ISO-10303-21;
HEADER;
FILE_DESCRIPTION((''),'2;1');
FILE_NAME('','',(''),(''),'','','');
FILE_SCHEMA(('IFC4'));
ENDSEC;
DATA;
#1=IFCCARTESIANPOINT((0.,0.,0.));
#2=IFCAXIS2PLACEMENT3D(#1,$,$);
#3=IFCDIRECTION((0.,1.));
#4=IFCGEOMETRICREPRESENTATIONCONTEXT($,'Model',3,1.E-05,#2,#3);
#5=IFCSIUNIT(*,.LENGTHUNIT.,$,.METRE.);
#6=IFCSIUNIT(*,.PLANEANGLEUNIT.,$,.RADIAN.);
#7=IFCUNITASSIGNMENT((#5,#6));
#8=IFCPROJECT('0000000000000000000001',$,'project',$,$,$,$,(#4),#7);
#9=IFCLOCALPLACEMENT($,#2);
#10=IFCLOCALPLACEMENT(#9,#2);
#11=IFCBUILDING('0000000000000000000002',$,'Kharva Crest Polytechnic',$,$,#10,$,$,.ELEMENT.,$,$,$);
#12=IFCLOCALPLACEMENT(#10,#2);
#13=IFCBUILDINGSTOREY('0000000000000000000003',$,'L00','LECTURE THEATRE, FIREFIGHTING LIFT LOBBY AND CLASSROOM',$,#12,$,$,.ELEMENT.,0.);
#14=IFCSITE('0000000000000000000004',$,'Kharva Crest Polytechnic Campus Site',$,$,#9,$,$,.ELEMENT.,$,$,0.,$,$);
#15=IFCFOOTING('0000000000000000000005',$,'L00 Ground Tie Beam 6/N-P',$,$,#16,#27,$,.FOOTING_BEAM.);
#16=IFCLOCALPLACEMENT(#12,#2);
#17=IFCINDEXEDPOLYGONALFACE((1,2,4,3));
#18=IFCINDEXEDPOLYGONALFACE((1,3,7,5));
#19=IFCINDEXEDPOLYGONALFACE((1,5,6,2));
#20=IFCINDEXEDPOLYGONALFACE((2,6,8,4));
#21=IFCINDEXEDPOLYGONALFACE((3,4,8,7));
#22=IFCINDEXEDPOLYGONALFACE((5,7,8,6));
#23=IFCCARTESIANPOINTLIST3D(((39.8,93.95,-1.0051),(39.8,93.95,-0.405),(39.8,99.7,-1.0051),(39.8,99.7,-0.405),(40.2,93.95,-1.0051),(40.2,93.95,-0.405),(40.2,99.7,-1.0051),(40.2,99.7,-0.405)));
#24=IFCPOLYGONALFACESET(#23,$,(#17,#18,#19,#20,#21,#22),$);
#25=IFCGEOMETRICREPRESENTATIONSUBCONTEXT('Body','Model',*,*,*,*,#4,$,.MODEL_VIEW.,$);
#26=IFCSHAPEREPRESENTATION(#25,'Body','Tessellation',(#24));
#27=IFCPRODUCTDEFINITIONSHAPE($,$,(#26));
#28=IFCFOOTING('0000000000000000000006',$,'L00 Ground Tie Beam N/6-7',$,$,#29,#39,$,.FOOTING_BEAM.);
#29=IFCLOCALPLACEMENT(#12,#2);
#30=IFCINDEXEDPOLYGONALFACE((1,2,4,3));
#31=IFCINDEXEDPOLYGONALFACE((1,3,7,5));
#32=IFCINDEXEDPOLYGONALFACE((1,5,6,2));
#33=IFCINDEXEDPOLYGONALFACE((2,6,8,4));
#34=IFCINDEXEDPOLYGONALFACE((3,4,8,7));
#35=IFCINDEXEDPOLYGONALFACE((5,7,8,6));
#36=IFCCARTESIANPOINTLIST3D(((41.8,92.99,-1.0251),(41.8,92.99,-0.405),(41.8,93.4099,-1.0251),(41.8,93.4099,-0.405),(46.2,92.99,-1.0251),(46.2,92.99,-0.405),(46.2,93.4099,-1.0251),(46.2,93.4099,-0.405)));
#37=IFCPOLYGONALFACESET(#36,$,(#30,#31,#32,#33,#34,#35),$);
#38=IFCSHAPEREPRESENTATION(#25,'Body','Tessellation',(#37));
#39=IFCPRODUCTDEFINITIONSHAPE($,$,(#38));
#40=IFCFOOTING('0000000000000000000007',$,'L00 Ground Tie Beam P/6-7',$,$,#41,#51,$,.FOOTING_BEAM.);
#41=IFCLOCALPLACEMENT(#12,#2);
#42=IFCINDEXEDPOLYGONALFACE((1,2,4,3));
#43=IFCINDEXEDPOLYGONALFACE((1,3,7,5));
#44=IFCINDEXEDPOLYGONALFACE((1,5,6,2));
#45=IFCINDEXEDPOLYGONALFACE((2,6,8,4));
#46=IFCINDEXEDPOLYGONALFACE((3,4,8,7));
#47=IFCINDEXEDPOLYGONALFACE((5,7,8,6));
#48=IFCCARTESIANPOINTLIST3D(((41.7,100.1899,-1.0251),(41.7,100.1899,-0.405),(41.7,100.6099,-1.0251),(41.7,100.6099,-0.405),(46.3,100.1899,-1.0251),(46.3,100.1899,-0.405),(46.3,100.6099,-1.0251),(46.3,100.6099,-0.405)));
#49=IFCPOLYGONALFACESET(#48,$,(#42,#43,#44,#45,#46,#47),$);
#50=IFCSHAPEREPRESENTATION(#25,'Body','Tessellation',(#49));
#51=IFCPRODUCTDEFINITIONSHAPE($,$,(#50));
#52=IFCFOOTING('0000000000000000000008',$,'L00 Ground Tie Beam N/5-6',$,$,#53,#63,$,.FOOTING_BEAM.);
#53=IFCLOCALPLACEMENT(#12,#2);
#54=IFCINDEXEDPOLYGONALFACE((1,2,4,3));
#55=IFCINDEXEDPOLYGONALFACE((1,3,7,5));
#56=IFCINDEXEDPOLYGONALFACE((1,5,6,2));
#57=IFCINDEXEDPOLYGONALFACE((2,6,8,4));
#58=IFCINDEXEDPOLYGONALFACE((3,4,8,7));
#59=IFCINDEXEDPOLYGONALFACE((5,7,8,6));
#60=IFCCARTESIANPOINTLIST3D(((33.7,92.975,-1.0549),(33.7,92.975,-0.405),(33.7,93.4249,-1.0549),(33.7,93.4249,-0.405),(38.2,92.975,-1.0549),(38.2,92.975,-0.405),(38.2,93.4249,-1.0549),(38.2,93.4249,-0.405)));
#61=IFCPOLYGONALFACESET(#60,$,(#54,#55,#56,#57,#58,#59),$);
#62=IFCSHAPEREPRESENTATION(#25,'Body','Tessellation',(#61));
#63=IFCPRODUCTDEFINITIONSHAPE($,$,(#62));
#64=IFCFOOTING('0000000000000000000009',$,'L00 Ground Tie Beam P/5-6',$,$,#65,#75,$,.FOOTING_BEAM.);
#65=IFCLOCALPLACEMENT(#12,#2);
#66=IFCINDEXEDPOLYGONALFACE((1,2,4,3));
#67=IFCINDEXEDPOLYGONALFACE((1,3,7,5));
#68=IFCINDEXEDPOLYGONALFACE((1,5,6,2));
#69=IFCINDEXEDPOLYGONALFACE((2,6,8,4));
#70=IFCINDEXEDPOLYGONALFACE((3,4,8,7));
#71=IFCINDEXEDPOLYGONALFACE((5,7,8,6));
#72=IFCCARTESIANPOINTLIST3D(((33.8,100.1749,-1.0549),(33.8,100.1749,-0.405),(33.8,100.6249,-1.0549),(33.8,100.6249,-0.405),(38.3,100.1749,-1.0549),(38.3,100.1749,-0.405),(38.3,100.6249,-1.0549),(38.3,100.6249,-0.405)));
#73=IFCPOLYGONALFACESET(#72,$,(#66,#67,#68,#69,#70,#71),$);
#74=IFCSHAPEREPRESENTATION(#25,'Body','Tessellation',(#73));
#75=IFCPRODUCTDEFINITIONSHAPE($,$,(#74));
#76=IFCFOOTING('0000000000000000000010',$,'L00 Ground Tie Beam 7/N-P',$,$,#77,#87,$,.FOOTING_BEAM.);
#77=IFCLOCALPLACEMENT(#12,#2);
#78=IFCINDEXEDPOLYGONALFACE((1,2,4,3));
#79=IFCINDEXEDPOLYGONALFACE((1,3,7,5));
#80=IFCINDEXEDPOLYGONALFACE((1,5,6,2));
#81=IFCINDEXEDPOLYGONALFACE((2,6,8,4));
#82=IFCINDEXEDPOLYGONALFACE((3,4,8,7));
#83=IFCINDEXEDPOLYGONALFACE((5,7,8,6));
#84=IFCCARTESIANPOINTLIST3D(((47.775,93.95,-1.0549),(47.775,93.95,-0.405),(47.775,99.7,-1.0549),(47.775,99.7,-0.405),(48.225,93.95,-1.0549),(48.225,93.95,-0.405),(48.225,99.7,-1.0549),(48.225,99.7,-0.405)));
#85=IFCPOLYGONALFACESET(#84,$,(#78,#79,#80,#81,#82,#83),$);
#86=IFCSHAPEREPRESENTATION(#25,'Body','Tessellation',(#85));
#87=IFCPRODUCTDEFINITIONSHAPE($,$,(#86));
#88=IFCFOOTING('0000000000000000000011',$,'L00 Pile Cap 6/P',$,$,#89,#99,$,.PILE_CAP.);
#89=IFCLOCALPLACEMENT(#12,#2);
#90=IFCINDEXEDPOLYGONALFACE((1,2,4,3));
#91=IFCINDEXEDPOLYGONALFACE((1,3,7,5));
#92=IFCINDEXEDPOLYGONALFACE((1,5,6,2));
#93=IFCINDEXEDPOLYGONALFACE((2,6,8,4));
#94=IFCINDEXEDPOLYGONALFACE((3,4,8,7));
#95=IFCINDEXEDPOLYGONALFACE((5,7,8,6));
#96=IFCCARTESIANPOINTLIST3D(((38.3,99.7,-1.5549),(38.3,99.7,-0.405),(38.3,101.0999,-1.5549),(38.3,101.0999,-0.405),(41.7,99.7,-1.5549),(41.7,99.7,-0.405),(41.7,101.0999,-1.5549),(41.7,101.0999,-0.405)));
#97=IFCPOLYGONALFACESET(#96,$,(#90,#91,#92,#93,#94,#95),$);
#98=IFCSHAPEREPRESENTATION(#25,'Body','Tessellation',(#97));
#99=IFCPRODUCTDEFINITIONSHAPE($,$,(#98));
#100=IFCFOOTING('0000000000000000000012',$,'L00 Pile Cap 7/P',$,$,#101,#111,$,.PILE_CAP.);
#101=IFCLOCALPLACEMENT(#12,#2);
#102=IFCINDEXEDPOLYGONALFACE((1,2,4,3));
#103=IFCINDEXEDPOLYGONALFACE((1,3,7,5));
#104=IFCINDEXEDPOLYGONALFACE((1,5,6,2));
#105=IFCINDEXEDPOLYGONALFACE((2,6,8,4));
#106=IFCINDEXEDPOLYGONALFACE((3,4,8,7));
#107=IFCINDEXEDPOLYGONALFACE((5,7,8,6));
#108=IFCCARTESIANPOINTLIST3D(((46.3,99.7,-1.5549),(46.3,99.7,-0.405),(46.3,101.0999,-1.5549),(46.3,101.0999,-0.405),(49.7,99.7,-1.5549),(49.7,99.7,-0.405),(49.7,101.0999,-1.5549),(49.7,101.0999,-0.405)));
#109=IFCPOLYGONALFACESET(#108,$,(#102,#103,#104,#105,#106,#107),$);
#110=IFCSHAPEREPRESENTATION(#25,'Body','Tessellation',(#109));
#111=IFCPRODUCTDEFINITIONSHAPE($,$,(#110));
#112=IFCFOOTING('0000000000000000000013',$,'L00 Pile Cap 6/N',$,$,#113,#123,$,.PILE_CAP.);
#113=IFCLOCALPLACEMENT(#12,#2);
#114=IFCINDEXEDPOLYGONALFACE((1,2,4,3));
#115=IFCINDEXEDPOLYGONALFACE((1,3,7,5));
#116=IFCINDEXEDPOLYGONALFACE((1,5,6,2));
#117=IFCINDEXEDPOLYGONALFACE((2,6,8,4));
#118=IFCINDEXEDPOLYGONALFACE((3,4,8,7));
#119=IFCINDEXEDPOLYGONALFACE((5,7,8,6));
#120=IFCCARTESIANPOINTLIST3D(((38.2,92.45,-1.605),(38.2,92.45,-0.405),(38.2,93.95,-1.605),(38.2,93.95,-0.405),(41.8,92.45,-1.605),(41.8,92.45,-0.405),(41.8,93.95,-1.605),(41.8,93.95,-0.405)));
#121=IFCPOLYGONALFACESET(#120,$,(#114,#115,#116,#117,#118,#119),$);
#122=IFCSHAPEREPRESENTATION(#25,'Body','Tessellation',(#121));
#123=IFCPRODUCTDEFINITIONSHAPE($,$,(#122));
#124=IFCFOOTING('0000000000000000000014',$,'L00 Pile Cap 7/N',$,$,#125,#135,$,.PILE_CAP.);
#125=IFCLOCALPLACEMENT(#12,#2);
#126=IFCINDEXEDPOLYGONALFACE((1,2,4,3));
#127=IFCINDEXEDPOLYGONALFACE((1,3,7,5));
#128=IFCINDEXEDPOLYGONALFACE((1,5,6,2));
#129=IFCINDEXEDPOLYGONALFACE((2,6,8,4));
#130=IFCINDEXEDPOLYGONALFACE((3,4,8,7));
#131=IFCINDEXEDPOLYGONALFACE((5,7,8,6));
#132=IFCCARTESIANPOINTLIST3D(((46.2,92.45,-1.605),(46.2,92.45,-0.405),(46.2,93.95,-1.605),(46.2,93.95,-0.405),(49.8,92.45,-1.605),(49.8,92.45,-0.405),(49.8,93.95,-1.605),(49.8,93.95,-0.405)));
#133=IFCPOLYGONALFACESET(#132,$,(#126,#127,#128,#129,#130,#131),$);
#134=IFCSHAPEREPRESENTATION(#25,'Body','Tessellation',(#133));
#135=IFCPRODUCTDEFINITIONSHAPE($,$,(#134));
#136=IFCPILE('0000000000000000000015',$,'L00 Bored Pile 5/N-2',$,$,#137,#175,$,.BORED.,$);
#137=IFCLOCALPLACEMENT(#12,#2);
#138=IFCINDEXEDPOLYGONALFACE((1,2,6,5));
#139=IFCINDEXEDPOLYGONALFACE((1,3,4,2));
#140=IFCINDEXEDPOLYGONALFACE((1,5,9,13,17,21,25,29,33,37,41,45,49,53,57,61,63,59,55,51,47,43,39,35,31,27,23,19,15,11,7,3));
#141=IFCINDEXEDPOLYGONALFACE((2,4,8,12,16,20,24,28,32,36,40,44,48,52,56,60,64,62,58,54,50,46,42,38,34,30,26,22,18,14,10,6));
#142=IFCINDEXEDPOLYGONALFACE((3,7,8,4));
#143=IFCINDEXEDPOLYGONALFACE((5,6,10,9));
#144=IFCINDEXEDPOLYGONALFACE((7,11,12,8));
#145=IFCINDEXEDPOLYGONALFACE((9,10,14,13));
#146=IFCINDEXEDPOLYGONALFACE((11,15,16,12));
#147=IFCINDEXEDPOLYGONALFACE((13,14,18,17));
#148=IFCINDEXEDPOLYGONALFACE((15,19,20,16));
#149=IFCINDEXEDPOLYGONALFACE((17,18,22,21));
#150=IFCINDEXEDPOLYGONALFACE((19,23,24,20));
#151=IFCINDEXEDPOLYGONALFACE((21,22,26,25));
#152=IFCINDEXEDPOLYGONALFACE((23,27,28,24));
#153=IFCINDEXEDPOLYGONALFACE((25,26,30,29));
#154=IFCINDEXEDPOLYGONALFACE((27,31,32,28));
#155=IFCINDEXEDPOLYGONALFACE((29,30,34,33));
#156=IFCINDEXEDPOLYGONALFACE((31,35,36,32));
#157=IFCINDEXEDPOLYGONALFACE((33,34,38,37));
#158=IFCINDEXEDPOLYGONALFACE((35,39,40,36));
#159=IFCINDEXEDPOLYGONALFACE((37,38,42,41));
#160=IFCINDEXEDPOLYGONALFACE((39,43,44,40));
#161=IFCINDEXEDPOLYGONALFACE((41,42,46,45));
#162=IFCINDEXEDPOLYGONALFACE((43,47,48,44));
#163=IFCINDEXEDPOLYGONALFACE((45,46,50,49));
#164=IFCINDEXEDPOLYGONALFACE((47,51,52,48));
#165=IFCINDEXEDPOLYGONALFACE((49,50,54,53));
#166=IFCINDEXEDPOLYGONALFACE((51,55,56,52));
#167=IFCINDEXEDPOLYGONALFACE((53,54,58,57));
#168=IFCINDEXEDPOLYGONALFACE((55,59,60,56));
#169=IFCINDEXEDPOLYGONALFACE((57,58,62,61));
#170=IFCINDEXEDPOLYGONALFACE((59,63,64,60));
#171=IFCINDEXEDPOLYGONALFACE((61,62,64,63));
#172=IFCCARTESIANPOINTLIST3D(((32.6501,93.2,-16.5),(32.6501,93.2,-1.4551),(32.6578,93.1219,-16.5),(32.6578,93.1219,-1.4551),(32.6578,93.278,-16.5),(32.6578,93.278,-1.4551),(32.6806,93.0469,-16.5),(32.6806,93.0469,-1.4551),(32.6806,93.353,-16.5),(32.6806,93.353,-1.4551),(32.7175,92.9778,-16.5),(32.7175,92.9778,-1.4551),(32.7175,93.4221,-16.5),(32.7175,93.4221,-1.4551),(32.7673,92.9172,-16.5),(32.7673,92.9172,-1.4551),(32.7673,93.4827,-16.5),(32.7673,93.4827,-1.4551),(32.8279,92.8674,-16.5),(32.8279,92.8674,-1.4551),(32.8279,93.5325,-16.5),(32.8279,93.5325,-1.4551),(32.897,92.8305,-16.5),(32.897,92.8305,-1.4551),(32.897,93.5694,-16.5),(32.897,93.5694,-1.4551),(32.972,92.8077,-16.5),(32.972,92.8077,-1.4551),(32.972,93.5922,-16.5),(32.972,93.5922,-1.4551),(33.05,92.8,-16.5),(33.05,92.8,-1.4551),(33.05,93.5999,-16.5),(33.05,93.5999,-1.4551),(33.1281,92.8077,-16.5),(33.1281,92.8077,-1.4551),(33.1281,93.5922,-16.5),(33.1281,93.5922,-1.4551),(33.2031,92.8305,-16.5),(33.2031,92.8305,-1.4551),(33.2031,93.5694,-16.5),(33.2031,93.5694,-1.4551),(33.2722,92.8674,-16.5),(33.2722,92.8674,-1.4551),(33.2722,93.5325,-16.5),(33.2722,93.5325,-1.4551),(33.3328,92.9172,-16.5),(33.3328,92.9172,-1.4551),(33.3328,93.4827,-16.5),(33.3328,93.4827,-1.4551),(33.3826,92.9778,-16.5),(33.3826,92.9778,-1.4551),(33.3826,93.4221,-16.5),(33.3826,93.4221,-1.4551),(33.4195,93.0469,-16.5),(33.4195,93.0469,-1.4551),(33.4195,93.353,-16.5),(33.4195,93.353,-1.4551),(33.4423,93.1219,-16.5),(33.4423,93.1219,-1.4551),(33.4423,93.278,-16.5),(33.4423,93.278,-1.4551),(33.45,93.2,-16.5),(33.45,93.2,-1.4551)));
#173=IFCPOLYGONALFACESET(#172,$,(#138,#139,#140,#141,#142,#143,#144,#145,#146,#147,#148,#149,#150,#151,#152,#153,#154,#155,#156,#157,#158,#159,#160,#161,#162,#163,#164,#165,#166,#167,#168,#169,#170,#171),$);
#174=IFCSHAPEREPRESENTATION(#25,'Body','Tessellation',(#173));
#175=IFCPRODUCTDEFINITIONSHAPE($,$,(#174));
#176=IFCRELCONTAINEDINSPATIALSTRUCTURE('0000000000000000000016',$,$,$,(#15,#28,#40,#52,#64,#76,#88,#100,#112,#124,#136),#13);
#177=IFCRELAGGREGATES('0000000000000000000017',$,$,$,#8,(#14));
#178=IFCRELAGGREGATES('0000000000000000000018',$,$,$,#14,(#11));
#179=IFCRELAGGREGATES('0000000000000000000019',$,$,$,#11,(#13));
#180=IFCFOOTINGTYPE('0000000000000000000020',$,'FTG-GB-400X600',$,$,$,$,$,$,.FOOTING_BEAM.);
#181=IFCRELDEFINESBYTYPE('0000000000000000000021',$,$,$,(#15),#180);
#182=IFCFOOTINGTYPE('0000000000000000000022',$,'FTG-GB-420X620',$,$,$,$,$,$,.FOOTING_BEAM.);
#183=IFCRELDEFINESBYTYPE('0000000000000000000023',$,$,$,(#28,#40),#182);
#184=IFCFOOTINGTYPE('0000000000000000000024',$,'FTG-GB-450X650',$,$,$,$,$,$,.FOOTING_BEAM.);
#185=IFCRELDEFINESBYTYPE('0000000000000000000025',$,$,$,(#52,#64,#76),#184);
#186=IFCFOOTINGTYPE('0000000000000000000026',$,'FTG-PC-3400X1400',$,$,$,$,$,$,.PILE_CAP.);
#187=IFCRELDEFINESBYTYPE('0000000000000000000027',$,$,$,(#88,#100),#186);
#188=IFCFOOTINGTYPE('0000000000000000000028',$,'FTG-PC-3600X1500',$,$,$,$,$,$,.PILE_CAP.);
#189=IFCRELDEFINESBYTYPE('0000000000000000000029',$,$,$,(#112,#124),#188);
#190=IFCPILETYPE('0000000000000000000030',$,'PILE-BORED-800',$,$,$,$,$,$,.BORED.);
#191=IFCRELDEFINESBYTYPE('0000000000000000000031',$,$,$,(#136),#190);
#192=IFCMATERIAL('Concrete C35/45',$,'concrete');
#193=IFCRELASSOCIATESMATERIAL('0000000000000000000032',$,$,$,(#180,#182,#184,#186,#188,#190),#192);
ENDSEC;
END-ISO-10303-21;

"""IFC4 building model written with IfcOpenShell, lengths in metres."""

from ifc_helpers import new_model, si_unit, direction, frame, origin, origin_2d, place, context, subcontext, project, spatial, rectangle, circle, extrude, material, material_profile, profile_set, type_object, element, save


model = new_model("IFC4")

# Units and contexts
model_context = context("Model", 3, precision=1e-05, world=origin(), true_north=direction((0.0, 1.0)))
body_context = subcontext(model_context, "Body", "Model", "MODEL_VIEW")
ifc_project = project(units=[si_unit("LENGTHUNIT", "METRE"), si_unit("PLANEANGLEUNIT", "RADIAN")], contexts=[model_context])

# Site, building, storey
site_placement = place(None, origin())
site = spatial("IfcSite", under=ifc_project, at=site_placement, Name="Kharva Crest Polytechnic Campus Site", CompositionType="ELEMENT", RefElevation=0.0)
building_placement = place(site_placement, origin())
building = spatial("IfcBuilding", under=site, at=building_placement, Name="Kharva Crest Polytechnic", CompositionType="ELEMENT")
storey_placement = place(building_placement, origin())
storey = spatial("IfcBuildingStorey", under=building, at=storey_placement, Name="L00", Description="LECTURE THEATRE, FIREFIGHTING LIFT LOBBY AND CLASSROOM", CompositionType="ELEMENT", Elevation=0.0)

# Footings
ifc_material_1 = material(Name="Concrete C35/45", Category="concrete")
footing_type_1 = type_object("IfcFootingType", Name="FTG-GB-400X600", PredefinedType="FOOTING_BEAM", material=ifc_material_1)
footing_1_placement = place(storey_placement, frame((40.0, 96.825, -1.0051), z_axis=(0.0, 0.0, 1.0), x_axis=(0.0, 1.0, 0.0)))
element("IfcFooting", 1, at=footing_1_placement, inside=storey, type_object=footing_type_1, Name="L00 Ground Tie Beam 6/N-P", PredefinedType="FOOTING_BEAM", context=body_context, shape_type="SweptSolid", body=[
    extrude(rectangle(XDim=5.75, YDim=0.3999, at=origin_2d()), origin(), (0.0, 0.0, 1.0), 0.6001),
])
footing_type_2 = type_object("IfcFootingType", Name="FTG-GB-420X620", PredefinedType="FOOTING_BEAM", material=ifc_material_1)
footing_2_placement = place(storey_placement, frame((44.0, 93.2, -1.0251), z_axis=(0.0, 0.0, 1.0), x_axis=(1.0, 0.0, 0.0)))
element("IfcFooting", 2, at=footing_2_placement, inside=storey, type_object=footing_type_2, Name="L00 Ground Tie Beam N/6-7", PredefinedType="FOOTING_BEAM", context=body_context, shape_type="SweptSolid", body=[
    extrude(rectangle(XDim=4.3999, YDim=0.4199, at=origin_2d()), origin(), (0.0, 0.0, 1.0), 0.6201),
])
footing_3_placement = place(storey_placement, frame((44.0, 100.3999, -1.0251), z_axis=(0.0, 0.0, 1.0), x_axis=(1.0, 0.0, 0.0)))
element("IfcFooting", 3, at=footing_3_placement, inside=storey, type_object=footing_type_2, Name="L00 Ground Tie Beam P/6-7", PredefinedType="FOOTING_BEAM", context=body_context, shape_type="SweptSolid", body=[
    extrude(rectangle(XDim=4.6001, YDim=0.4199, at=origin_2d()), origin(), (0.0, 0.0, 1.0), 0.6201),
])
footing_type_3 = type_object("IfcFootingType", Name="FTG-GB-450X650", PredefinedType="FOOTING_BEAM", material=ifc_material_1)
for number, where, z_axis, x_axis, name in (
    (4, (35.95, 93.2, -1.0549), (0.0, 0.0, 1.0), (1.0, 0.0, 0.0), "L00 Ground Tie Beam N/5-6"),
    (5, (36.05, 100.3999, -1.0549), (0.0, 0.0, 1.0), (1.0, 0.0, 0.0), "L00 Ground Tie Beam P/5-6"),
):
    element("IfcFooting", number, at=place(storey_placement, frame(where, z_axis=z_axis, x_axis=x_axis)), inside=storey, type_object=footing_type_3, Name=name, PredefinedType="FOOTING_BEAM", context=body_context, shape_type="SweptSolid", body=[
        extrude(rectangle(XDim=4.5, YDim=0.45, at=origin_2d()), origin(), (0.0, 0.0, 1.0), 0.6499),
    ])
footing_4_placement = place(storey_placement, frame((48.0, 96.825, -1.0549), z_axis=(0.0, 0.0, 1.0), x_axis=(0.0, 1.0, 0.0)))
element("IfcFooting", 6, at=footing_4_placement, inside=storey, type_object=footing_type_3, Name="L00 Ground Tie Beam 7/N-P", PredefinedType="FOOTING_BEAM", context=body_context, shape_type="SweptSolid", body=[
    extrude(rectangle(XDim=5.75, YDim=0.45, at=origin_2d()), origin(), (0.0, 0.0, 1.0), 0.6499),
])
footing_type_4 = type_object("IfcFootingType", Name="FTG-PC-3400X1400", PredefinedType="PILE_CAP", material=ifc_material_1)
for number, where, z_axis, x_axis, name in (
    (7, (40.0, 100.3999, -1.5549), (0.0, 0.0, 1.0), (1.0, 0.0, 0.0), "L00 Pile Cap 6/P"),
    (8, (48.0, 100.3999, -1.5549), (0.0, 0.0, 1.0), (1.0, 0.0, 0.0), "L00 Pile Cap 7/P"),
):
    element("IfcFooting", number, at=place(storey_placement, frame(where, z_axis=z_axis, x_axis=x_axis)), inside=storey, type_object=footing_type_4, Name=name, PredefinedType="PILE_CAP", context=body_context, shape_type="SweptSolid", body=[
        extrude(rectangle(XDim=3.3999, YDim=1.3999, at=origin_2d()), origin(), (0.0, 0.0, 1.0), 1.1499),
    ])
footing_type_5 = type_object("IfcFootingType", Name="FTG-PC-3600X1500", PredefinedType="PILE_CAP", material=ifc_material_1)
for number, where, z_axis, x_axis, name in (
    (9, (40.0, 93.2, -1.605), (0.0, 0.0, 1.0), (1.0, 0.0, 0.0), "L00 Pile Cap 6/N"),
    (10, (48.0, 93.2, -1.605), (0.0, 0.0, 1.0), (1.0, 0.0, 0.0), "L00 Pile Cap 7/N"),
):
    element("IfcFooting", number, at=place(storey_placement, frame(where, z_axis=z_axis, x_axis=x_axis)), inside=storey, type_object=footing_type_5, Name=name, PredefinedType="PILE_CAP", context=body_context, shape_type="SweptSolid", body=[
        extrude(rectangle(XDim=3.6001, YDim=1.5, at=origin_2d()), origin(), (0.0, 0.0, 1.0), 1.2),
    ])

# Pile
ifc_material_profile_1 = material_profile(ifc_material_1, circle(Radius=0.3999, at=origin_2d()), Name="DIA 800")
ifc_profile_set_1 = profile_set([ifc_material_profile_1], Name="Concrete C35/45")
pile_type_1 = type_object("IfcPileType", Name="PILE-BORED-800", PredefinedType="BORED", material=ifc_profile_set_1)
for number, where, z_axis, x_axis, name in (
    (11, (33.05, 93.2, -1.4551), (0.0, 0.0, -1.0), (1.0, 0.0, 0.0), "L00 Bored Pile 5/N-2"),
):
    element("IfcPile", number, at=place(storey_placement, frame(where, z_axis=z_axis, x_axis=x_axis)), inside=storey, type_object=pile_type_1, Name=name, PredefinedType="BORED", context=body_context, shape_type="SweptSolid", body=[
        extrude(circle(Radius=0.3999, at=origin_2d()), origin(), (0.0, 0.0, 1.0), 15.0449),
    ])

save(model, "model.ifc")
